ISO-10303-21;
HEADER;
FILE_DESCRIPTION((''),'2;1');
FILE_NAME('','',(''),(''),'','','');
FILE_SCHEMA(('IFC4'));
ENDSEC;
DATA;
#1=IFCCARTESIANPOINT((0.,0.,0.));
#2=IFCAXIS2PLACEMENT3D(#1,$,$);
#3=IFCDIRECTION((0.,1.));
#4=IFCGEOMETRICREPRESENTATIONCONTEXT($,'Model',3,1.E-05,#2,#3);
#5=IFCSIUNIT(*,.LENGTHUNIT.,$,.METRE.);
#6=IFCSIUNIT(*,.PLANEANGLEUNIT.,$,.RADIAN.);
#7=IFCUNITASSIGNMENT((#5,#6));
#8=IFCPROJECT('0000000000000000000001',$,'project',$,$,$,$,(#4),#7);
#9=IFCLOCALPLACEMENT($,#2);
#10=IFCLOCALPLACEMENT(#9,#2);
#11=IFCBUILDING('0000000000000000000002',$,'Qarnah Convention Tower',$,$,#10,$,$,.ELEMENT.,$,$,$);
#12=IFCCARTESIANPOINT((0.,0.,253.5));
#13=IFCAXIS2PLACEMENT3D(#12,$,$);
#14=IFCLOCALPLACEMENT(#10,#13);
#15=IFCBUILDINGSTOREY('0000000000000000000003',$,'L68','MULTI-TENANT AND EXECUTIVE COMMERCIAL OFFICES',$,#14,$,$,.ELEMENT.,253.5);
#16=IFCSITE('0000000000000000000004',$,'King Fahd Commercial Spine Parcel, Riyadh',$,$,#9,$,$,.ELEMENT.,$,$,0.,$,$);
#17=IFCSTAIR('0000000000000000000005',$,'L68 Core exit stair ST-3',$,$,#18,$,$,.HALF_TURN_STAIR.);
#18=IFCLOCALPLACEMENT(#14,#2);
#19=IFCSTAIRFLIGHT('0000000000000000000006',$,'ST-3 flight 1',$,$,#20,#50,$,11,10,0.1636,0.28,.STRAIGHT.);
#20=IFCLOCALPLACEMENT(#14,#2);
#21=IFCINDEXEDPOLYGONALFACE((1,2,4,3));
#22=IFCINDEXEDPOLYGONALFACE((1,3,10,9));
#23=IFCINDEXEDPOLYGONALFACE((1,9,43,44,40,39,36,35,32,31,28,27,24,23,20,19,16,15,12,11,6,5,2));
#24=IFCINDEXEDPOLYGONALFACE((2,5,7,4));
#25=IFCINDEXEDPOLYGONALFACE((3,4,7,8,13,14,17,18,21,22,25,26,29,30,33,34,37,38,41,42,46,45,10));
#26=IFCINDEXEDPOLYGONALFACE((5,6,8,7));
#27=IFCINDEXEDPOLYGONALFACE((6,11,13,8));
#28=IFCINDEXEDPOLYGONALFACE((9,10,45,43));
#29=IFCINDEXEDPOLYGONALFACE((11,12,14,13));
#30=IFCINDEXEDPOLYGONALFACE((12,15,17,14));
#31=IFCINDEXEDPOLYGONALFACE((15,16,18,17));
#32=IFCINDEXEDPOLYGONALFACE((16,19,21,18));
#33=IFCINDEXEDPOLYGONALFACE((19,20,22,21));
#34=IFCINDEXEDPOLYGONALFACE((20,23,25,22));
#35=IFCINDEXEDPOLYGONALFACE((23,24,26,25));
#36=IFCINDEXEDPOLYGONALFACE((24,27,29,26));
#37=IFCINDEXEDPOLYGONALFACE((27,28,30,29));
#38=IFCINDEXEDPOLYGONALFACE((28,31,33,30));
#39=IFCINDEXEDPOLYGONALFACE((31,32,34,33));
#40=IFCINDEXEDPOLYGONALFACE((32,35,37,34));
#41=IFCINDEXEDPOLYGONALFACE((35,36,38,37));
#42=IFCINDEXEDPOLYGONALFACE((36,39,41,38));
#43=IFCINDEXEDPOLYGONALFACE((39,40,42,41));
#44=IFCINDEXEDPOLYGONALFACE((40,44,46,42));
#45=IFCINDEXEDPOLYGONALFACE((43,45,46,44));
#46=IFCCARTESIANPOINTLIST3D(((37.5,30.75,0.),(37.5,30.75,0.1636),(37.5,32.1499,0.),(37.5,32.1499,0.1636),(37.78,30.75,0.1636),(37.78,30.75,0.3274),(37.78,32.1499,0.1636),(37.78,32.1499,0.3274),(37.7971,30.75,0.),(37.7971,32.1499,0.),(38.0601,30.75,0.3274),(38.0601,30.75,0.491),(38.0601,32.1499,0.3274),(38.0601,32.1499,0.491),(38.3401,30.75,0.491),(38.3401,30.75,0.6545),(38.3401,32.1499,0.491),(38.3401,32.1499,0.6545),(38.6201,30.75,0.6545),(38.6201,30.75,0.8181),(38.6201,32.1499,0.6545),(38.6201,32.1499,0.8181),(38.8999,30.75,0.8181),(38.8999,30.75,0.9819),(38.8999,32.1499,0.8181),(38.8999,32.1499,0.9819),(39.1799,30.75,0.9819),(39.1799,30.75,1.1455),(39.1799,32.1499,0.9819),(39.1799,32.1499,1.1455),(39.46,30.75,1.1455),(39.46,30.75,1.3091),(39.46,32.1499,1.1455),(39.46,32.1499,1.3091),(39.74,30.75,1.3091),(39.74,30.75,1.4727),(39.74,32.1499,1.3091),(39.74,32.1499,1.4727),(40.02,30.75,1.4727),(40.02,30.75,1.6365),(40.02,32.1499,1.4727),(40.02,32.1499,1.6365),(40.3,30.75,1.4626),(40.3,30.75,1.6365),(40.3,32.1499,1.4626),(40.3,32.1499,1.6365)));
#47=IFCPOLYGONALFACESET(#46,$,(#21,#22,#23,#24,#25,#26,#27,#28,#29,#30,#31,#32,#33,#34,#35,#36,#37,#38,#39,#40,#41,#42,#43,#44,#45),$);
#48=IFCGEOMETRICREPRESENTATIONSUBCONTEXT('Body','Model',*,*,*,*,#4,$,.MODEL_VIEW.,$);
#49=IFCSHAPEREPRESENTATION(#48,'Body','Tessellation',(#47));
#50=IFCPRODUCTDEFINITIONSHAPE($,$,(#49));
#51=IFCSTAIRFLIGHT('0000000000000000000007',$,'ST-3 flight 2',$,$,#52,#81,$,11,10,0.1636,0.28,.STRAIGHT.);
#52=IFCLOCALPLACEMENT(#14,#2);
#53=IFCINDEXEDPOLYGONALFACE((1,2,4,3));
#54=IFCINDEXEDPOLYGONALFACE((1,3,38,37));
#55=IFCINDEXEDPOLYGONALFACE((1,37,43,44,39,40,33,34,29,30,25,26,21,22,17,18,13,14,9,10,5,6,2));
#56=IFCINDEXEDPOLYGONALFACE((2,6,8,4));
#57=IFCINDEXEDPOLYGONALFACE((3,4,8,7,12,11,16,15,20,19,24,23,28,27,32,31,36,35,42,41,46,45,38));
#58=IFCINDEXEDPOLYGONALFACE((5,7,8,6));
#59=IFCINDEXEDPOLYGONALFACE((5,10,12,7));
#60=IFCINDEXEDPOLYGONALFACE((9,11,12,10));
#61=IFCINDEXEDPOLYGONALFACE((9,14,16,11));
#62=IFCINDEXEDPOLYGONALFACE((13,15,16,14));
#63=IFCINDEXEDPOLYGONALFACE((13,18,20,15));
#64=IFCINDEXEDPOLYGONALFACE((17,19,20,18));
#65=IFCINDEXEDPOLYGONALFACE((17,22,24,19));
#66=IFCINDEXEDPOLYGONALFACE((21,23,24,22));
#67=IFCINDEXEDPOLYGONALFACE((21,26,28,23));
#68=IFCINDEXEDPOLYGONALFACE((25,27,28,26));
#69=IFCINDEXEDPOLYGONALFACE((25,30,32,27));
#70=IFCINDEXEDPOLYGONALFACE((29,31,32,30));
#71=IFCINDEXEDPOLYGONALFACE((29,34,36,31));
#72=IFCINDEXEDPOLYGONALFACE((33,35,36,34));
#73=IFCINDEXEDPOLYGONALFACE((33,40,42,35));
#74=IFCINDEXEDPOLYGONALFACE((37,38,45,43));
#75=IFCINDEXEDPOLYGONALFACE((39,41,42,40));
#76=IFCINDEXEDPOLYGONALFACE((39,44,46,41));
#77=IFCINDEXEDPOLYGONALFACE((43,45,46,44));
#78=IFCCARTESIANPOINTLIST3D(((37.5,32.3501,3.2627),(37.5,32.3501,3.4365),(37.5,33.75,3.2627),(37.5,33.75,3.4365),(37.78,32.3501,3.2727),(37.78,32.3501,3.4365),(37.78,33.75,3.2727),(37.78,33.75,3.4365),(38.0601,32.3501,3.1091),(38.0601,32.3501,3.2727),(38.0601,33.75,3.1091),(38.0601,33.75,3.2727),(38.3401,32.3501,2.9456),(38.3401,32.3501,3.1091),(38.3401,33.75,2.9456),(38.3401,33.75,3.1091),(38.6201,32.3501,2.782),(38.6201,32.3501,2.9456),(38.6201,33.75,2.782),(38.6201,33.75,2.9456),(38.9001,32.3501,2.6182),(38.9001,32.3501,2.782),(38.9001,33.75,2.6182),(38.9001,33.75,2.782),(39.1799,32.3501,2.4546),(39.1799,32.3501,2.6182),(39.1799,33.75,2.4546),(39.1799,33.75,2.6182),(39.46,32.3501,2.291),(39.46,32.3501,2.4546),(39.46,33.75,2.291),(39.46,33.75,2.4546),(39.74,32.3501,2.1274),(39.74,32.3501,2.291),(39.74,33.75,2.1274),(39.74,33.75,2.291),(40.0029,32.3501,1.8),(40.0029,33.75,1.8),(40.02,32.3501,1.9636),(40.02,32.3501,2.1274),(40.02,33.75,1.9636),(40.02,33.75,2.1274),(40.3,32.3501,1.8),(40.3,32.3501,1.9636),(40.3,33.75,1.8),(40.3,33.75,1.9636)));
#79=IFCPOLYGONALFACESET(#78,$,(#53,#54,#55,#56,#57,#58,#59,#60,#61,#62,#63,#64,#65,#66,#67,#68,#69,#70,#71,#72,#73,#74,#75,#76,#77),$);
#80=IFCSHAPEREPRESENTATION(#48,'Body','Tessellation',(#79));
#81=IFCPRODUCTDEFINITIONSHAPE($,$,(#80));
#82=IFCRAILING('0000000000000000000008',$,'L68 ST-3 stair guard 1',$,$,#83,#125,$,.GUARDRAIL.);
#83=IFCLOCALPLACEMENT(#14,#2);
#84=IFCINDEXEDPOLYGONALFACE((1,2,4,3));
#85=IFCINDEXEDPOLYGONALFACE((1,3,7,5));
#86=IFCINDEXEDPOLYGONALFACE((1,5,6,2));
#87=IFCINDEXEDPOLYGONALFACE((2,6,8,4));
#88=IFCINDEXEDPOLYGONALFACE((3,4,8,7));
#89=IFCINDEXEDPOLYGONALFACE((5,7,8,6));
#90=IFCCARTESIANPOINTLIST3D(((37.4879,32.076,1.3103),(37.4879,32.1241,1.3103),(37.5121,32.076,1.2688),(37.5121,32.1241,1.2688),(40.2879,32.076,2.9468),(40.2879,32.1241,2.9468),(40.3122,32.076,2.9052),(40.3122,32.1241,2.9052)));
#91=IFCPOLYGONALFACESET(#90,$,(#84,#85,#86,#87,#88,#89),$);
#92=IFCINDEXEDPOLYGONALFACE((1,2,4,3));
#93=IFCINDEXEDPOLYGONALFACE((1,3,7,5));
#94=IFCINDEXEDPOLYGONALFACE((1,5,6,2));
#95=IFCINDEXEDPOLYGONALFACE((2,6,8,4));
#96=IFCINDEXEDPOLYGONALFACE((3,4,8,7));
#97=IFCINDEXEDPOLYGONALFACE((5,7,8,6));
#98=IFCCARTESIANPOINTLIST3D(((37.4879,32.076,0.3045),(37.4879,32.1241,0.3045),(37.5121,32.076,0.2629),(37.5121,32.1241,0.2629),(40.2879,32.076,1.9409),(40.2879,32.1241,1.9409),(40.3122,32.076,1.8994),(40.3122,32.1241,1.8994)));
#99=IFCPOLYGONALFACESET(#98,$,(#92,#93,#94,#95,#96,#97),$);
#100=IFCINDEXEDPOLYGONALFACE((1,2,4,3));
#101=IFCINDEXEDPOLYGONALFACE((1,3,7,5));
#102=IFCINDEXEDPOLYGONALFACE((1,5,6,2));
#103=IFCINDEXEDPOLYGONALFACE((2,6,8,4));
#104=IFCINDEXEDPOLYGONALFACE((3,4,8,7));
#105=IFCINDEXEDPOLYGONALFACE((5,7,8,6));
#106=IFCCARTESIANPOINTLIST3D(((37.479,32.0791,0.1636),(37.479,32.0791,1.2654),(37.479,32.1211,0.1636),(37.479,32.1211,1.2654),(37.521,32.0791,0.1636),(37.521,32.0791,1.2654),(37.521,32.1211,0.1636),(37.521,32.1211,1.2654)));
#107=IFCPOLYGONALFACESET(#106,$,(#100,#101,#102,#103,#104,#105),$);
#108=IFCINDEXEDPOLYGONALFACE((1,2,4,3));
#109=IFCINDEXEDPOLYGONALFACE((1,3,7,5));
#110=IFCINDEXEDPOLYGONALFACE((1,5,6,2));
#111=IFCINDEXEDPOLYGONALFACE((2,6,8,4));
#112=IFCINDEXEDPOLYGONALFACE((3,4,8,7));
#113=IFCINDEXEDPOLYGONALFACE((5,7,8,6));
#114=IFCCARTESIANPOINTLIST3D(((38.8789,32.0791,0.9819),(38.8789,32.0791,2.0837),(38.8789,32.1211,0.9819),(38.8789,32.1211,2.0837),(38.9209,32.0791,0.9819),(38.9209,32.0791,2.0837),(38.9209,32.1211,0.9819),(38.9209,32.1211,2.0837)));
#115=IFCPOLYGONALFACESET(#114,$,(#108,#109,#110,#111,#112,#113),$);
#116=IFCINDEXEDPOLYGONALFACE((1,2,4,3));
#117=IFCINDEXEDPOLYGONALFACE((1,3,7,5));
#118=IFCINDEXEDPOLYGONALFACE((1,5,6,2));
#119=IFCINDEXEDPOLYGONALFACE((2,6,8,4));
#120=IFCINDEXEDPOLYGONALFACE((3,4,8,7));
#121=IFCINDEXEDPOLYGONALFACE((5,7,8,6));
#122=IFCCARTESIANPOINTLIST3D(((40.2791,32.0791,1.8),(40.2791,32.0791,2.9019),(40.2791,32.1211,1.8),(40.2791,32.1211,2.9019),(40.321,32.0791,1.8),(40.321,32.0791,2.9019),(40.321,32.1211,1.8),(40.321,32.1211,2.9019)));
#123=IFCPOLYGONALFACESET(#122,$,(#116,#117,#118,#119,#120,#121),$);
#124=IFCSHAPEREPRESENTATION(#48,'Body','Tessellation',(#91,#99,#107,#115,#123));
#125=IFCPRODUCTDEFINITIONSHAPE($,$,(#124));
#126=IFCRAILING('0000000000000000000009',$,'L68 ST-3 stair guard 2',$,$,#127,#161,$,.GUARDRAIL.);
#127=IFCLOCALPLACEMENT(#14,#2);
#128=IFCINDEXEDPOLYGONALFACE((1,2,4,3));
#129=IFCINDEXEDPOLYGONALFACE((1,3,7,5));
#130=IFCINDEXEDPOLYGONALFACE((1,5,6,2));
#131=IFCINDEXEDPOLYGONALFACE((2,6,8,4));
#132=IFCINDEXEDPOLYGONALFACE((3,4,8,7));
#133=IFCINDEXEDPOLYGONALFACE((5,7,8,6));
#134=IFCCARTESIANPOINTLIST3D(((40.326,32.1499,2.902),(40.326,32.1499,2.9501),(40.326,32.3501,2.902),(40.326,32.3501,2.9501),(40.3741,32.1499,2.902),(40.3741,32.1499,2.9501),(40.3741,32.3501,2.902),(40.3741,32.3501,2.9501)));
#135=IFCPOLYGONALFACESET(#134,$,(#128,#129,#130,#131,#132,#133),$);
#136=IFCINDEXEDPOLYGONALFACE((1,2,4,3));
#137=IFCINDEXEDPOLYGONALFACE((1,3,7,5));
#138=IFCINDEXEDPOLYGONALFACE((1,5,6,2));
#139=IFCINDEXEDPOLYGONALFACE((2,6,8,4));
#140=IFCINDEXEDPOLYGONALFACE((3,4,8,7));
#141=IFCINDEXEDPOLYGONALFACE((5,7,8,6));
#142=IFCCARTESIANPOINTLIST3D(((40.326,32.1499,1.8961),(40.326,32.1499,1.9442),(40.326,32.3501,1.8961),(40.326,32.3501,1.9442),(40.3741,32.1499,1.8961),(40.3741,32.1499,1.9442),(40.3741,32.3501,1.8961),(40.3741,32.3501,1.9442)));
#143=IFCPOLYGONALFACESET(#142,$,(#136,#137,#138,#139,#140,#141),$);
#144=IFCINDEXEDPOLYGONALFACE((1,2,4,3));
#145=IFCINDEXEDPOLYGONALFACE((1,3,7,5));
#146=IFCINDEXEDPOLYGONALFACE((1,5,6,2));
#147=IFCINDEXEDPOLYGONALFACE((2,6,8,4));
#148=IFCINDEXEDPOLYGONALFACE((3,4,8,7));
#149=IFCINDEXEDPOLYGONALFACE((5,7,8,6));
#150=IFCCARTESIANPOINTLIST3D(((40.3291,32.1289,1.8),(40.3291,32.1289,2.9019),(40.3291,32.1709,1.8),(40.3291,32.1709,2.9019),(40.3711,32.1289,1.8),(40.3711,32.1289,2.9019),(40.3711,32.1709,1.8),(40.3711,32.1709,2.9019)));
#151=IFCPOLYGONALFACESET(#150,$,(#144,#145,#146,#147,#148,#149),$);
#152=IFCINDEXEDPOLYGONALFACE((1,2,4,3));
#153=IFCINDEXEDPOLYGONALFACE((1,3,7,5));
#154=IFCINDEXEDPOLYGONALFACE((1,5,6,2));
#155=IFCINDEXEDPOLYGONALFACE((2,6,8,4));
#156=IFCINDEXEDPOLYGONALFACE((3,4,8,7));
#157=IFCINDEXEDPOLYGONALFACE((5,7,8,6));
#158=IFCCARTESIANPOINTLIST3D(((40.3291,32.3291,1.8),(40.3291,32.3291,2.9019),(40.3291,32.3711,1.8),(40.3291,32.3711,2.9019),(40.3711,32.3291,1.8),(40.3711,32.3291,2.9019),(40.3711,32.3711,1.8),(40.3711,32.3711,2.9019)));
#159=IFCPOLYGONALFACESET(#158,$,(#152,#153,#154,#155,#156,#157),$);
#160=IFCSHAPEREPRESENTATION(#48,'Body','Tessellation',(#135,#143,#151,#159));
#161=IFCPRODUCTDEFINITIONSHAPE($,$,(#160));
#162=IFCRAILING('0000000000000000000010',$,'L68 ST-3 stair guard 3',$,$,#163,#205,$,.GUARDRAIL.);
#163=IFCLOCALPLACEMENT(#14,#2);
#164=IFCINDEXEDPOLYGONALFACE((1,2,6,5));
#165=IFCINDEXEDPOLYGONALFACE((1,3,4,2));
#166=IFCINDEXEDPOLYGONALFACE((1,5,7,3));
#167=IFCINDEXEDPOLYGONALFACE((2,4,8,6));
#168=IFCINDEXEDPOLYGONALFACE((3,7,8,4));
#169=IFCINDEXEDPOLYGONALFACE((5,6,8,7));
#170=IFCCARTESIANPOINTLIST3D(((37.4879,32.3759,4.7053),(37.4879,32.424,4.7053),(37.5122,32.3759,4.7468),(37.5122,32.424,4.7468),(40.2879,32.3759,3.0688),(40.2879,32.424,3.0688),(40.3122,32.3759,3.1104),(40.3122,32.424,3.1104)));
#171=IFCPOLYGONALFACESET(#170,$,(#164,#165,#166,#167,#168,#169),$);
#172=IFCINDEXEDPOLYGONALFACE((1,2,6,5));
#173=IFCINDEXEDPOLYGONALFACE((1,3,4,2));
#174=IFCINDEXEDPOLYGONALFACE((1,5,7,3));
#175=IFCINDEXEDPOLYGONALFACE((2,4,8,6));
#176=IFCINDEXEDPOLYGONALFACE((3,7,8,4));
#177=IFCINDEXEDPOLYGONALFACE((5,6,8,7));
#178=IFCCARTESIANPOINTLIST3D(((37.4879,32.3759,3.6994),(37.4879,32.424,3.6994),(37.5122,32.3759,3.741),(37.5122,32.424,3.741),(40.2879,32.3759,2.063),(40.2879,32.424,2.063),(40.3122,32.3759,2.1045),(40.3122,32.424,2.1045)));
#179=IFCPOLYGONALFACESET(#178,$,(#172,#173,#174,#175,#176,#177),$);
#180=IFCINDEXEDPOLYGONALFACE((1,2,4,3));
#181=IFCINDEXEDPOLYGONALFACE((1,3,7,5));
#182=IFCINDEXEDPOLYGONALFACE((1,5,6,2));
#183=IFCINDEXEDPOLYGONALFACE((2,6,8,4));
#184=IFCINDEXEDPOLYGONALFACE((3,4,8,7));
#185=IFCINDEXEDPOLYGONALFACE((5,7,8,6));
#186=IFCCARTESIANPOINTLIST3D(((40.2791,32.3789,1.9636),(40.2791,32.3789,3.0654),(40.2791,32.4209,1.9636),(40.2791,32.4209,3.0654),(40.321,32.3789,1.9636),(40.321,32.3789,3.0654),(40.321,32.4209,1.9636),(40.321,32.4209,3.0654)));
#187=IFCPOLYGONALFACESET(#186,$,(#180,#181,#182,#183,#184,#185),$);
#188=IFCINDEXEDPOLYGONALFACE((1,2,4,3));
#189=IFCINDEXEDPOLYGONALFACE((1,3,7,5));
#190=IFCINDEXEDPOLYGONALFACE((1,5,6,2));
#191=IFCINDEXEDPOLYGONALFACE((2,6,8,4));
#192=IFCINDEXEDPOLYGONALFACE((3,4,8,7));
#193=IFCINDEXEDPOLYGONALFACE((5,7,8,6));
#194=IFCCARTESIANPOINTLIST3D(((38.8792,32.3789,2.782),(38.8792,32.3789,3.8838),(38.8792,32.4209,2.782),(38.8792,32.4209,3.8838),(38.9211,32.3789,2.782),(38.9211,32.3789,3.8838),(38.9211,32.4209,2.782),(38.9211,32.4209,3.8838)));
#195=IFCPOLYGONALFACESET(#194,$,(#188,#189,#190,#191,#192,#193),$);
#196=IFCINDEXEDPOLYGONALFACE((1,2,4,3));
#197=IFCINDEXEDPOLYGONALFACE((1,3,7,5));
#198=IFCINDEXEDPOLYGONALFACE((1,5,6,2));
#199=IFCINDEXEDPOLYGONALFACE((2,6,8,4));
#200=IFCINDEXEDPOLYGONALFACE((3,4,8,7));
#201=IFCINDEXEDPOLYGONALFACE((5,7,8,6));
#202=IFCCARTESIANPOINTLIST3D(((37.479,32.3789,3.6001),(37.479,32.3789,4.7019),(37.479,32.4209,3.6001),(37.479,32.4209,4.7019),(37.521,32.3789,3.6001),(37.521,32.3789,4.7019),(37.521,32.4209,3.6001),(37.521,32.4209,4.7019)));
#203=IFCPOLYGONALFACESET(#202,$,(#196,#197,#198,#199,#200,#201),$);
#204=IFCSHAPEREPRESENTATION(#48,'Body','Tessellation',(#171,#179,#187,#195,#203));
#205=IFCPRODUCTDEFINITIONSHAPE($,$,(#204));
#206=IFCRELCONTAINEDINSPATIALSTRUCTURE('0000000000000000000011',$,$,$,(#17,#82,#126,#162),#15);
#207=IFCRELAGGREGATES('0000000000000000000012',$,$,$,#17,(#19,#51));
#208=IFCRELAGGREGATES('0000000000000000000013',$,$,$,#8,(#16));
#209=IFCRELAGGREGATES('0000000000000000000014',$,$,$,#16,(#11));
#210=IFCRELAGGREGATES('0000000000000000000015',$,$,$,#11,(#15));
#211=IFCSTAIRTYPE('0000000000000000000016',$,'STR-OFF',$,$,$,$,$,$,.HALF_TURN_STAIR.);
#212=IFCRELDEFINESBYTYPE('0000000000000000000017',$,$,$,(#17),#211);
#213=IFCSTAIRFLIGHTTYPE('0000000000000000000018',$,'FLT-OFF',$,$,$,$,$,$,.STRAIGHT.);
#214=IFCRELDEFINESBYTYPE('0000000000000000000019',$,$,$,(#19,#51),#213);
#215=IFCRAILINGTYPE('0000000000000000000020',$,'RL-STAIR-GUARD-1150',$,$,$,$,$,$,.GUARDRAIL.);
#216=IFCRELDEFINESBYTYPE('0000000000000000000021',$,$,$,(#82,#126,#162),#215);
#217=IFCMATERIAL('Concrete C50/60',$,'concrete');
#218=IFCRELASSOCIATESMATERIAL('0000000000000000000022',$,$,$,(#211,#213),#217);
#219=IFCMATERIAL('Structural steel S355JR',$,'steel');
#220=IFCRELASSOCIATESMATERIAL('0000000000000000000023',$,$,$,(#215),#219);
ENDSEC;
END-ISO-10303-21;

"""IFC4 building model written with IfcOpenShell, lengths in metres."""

from ifc_helpers import new_model, si_unit, direction, frame, origin, origin_2d, place, context, subcontext, project, spatial, polyline, rectangle, outline, extrude, material, type_object, element, aggregate, save


model = new_model("IFC4")

# Units and contexts
model_context = context("Model", 3, precision=1e-05, world=origin(), true_north=direction((0.0, 1.0)))
body_context = subcontext(model_context, "Body", "Model", "MODEL_VIEW")
ifc_project = project(units=[si_unit("LENGTHUNIT", "METRE"), si_unit("PLANEANGLEUNIT", "RADIAN")], contexts=[model_context])

# Site, building, storey
site_placement = place(None, origin())
site = spatial("IfcSite", under=ifc_project, at=site_placement, Name="King Fahd Commercial Spine Parcel, Riyadh", CompositionType="ELEMENT", RefElevation=0.0)
building_placement = place(site_placement, origin())
building = spatial("IfcBuilding", under=site, at=building_placement, Name="Qarnah Convention Tower", CompositionType="ELEMENT")
storey_placement = place(building_placement, frame((0.0, 0.0, 253.5)))
storey = spatial("IfcBuildingStorey", under=building, at=storey_placement, Name="L68", Description="MULTI-TENANT AND EXECUTIVE COMMERCIAL OFFICES", CompositionType="ELEMENT", Elevation=253.5)

# Shared definitions
ifc_material_1 = material(Name="Concrete C50/60", Category="concrete")

# Shared definitions
ifc_material_2 = material(Name="Structural steel S355JR", Category="steel")

# Stair, stair flights
stair_type = type_object("IfcStairType", Name="STR-OFF", PredefinedType="HALF_TURN_STAIR", material=ifc_material_1)
stair_placement = place(storey_placement, origin())
stair = element("IfcStair", 1, at=stair_placement, inside=storey, type_object=stair_type, Name="L68 Core exit stair ST-3", PredefinedType="HALF_TURN_STAIR")
stair_flight_type = type_object("IfcStairFlightType", Name="FLT-OFF", PredefinedType="STRAIGHT", material=ifc_material_1)
stair_flight_1_placement = place(storey_placement, frame((37.5, 31.45, 0.0), z_axis=(0.0, 0.0, 1.0), x_axis=(1.0, 0.0, 0.0)))
stair_flight_1 = element("IfcStairFlight", 2, at=stair_flight_1_placement, type_object=stair_flight_type, Name="ST-3 flight 1", NumberOfRisers=11, NumberOfTreads=10, PredefinedType="STRAIGHT", RiserHeight=0.1636, TreadLength=0.28, context=body_context, shape_type="SweptSolid", body=[
    extrude(outline(polyline([(0.0, 0.0), (0.0, 0.1636), (0.28, 0.1636), (0.28, 0.3274), (0.5601, 0.3274), (0.5601, 0.491), (0.8401, 0.491), (0.8401, 0.6545), (1.1201, 0.6545), (1.1201, 0.8181), (1.3999, 0.8181), (1.3999, 0.9819), (1.6799, 0.9819), (1.6799, 1.1455), (1.96, 1.1455), (1.96, 1.3091), (2.24, 1.3091), (2.24, 1.4727), (2.52, 1.4727), (2.52, 1.6365), (2.8, 1.6365), (2.8, 1.8), (2.8, 1.4626), (0.2971, 0.0), (0.0, 0.0)])), frame((0.0, 0.7, 0.0), z_axis=(0.0, -1.0, 0.0), x_axis=(1.0, 0.0, 0.0)), (0.0, 0.0, 1.0), 1.3999),
])
stair_flight_2_placement = place(storey_placement, frame((40.3, 33.05, 1.8), z_axis=(0.0, 0.0, 1.0), x_axis=(-1.0, 0.0, 0.0)))
stair_flight_2 = element("IfcStairFlight", 3, at=stair_flight_2_placement, type_object=stair_flight_type, Name="ST-3 flight 2", NumberOfRisers=11, NumberOfTreads=10, PredefinedType="STRAIGHT", RiserHeight=0.1636, TreadLength=0.28, context=body_context, shape_type="SweptSolid", body=[
    extrude(outline(polyline([(0.0, 0.0), (0.0, 0.1636), (0.28, 0.1636), (0.28, 0.3274), (0.5601, 0.3274), (0.5601, 0.491), (0.8401, 0.491), (0.8401, 0.6545), (1.1201, 0.6545), (1.1201, 0.8181), (1.3999, 0.8181), (1.3999, 0.9819), (1.6799, 0.9819), (1.6799, 1.1455), (1.96, 1.1455), (1.96, 1.3091), (2.24, 1.3091), (2.24, 1.4727), (2.52, 1.4727), (2.52, 1.6365), (2.8, 1.6365), (2.8, 1.8), (2.8, 1.4626), (0.2971, 0.0), (0.0, 0.0)])), frame((0.0, 0.7, 0.0), z_axis=(0.0, -1.0, 0.0), x_axis=(1.0, 0.0, 0.0)), (0.0, 0.0, 1.0), 1.3999),
])
aggregate(stair, [stair_flight_1, stair_flight_2])

# Railings
railing_type_1 = type_object("IfcRailingType", Name="RL-STAIR-GUARD-1150", PredefinedType="GUARDRAIL", material=ifc_material_2)
railing_1_placement = place(storey_placement, frame((37.5, 32.1001, 0.1636)))
element("IfcRailing", 4, at=railing_1_placement, inside=storey, type_object=railing_type_1, Name="L68 ST-3 stair guard 1", PredefinedType="GUARDRAIL", context=body_context, shape_type="SweptSolid", body=[
    extrude(rectangle(XDim=0.0481, YDim=0.0481, at=origin_2d()), frame((0.0, 0.0, 1.126), z_axis=(0.863361, 0.0, 0.504587), x_axis=(0.0, 1.0, 0.0)), (0.0, 0.0, 1.0), 3.2432),
    extrude(rectangle(XDim=0.0481, YDim=0.0481, at=origin_2d()), frame((0.0, 0.0, 0.1201), z_axis=(0.863361, 0.0, 0.504587), x_axis=(0.0, 1.0, 0.0)), (0.0, 0.0, 1.0), 3.2432),
    extrude(rectangle(XDim=0.042, YDim=0.042, at=origin_2d()), origin(), (0.0, 0.0, 1.0), 1.1018),
    extrude(rectangle(XDim=0.042, YDim=0.042, at=origin_2d()), frame((1.3999, 0.0, 0.8184)), (0.0, 0.0, 1.0), 1.1018),
    extrude(rectangle(XDim=0.042, YDim=0.042, at=origin_2d()), frame((2.8, 0.0, 1.6365)), (0.0, 0.0, 1.0), 1.1018),
])
railing_2_placement = place(storey_placement, frame((40.3501, 32.1499, 1.8)))
element("IfcRailing", 5, at=railing_2_placement, inside=storey, type_object=railing_type_1, Name="L68 ST-3 stair guard 2", PredefinedType="GUARDRAIL", context=body_context, shape_type="SweptSolid", body=[
    extrude(rectangle(XDim=0.0481, YDim=0.0481, at=origin_2d()), frame((0.0, 0.0, 1.126), z_axis=(0.0, 1.0, 0.0), x_axis=(-1.0, 0.0, 0.0)), (0.0, 0.0, 1.0), 0.2002),
    extrude(rectangle(XDim=0.0481, YDim=0.0481, at=origin_2d()), frame((0.0, 0.0, 0.1201), z_axis=(0.0, 1.0, 0.0), x_axis=(-1.0, 0.0, 0.0)), (0.0, 0.0, 1.0), 0.2002),
    extrude(rectangle(XDim=0.042, YDim=0.042, at=origin_2d()), origin(), (0.0, 0.0, 1.0), 1.1018),
    extrude(rectangle(XDim=0.042, YDim=0.042, at=origin_2d()), frame((0.0, 0.2002, 0.0)), (0.0, 0.0, 1.0), 1.1018),
])
railing_3_placement = place(storey_placement, frame((40.3, 32.3999, 1.9636)))
element("IfcRailing", 6, at=railing_3_placement, inside=storey, type_object=railing_type_1, Name="L68 ST-3 stair guard 3", PredefinedType="GUARDRAIL", context=body_context, shape_type="SweptSolid", body=[
    extrude(rectangle(XDim=0.0481, YDim=0.0481, at=origin_2d()), frame((0.0, 0.0, 1.126), z_axis=(-0.863361, 0.0, 0.504587), x_axis=(0.0, -1.0, 0.0)), (0.0, 0.0, 1.0), 3.2432),
    extrude(rectangle(XDim=0.0481, YDim=0.0481, at=origin_2d()), frame((0.0, 0.0, 0.1201), z_axis=(-0.863361, 0.0, 0.504587), x_axis=(0.0, -1.0, 0.0)), (0.0, 0.0, 1.0), 3.2432),
    extrude(rectangle(XDim=0.042, YDim=0.042, at=origin_2d()), origin(), (0.0, 0.0, 1.0), 1.1018),
    extrude(rectangle(XDim=0.042, YDim=0.042, at=origin_2d()), frame((-1.3999, 0.0, 0.8184)), (0.0, 0.0, 1.0), 1.1018),
    extrude(rectangle(XDim=0.042, YDim=0.042, at=origin_2d()), frame((-2.8, 0.0, 1.6365)), (0.0, 0.0, 1.0), 1.1018),
])

save(model, "model.ifc")
